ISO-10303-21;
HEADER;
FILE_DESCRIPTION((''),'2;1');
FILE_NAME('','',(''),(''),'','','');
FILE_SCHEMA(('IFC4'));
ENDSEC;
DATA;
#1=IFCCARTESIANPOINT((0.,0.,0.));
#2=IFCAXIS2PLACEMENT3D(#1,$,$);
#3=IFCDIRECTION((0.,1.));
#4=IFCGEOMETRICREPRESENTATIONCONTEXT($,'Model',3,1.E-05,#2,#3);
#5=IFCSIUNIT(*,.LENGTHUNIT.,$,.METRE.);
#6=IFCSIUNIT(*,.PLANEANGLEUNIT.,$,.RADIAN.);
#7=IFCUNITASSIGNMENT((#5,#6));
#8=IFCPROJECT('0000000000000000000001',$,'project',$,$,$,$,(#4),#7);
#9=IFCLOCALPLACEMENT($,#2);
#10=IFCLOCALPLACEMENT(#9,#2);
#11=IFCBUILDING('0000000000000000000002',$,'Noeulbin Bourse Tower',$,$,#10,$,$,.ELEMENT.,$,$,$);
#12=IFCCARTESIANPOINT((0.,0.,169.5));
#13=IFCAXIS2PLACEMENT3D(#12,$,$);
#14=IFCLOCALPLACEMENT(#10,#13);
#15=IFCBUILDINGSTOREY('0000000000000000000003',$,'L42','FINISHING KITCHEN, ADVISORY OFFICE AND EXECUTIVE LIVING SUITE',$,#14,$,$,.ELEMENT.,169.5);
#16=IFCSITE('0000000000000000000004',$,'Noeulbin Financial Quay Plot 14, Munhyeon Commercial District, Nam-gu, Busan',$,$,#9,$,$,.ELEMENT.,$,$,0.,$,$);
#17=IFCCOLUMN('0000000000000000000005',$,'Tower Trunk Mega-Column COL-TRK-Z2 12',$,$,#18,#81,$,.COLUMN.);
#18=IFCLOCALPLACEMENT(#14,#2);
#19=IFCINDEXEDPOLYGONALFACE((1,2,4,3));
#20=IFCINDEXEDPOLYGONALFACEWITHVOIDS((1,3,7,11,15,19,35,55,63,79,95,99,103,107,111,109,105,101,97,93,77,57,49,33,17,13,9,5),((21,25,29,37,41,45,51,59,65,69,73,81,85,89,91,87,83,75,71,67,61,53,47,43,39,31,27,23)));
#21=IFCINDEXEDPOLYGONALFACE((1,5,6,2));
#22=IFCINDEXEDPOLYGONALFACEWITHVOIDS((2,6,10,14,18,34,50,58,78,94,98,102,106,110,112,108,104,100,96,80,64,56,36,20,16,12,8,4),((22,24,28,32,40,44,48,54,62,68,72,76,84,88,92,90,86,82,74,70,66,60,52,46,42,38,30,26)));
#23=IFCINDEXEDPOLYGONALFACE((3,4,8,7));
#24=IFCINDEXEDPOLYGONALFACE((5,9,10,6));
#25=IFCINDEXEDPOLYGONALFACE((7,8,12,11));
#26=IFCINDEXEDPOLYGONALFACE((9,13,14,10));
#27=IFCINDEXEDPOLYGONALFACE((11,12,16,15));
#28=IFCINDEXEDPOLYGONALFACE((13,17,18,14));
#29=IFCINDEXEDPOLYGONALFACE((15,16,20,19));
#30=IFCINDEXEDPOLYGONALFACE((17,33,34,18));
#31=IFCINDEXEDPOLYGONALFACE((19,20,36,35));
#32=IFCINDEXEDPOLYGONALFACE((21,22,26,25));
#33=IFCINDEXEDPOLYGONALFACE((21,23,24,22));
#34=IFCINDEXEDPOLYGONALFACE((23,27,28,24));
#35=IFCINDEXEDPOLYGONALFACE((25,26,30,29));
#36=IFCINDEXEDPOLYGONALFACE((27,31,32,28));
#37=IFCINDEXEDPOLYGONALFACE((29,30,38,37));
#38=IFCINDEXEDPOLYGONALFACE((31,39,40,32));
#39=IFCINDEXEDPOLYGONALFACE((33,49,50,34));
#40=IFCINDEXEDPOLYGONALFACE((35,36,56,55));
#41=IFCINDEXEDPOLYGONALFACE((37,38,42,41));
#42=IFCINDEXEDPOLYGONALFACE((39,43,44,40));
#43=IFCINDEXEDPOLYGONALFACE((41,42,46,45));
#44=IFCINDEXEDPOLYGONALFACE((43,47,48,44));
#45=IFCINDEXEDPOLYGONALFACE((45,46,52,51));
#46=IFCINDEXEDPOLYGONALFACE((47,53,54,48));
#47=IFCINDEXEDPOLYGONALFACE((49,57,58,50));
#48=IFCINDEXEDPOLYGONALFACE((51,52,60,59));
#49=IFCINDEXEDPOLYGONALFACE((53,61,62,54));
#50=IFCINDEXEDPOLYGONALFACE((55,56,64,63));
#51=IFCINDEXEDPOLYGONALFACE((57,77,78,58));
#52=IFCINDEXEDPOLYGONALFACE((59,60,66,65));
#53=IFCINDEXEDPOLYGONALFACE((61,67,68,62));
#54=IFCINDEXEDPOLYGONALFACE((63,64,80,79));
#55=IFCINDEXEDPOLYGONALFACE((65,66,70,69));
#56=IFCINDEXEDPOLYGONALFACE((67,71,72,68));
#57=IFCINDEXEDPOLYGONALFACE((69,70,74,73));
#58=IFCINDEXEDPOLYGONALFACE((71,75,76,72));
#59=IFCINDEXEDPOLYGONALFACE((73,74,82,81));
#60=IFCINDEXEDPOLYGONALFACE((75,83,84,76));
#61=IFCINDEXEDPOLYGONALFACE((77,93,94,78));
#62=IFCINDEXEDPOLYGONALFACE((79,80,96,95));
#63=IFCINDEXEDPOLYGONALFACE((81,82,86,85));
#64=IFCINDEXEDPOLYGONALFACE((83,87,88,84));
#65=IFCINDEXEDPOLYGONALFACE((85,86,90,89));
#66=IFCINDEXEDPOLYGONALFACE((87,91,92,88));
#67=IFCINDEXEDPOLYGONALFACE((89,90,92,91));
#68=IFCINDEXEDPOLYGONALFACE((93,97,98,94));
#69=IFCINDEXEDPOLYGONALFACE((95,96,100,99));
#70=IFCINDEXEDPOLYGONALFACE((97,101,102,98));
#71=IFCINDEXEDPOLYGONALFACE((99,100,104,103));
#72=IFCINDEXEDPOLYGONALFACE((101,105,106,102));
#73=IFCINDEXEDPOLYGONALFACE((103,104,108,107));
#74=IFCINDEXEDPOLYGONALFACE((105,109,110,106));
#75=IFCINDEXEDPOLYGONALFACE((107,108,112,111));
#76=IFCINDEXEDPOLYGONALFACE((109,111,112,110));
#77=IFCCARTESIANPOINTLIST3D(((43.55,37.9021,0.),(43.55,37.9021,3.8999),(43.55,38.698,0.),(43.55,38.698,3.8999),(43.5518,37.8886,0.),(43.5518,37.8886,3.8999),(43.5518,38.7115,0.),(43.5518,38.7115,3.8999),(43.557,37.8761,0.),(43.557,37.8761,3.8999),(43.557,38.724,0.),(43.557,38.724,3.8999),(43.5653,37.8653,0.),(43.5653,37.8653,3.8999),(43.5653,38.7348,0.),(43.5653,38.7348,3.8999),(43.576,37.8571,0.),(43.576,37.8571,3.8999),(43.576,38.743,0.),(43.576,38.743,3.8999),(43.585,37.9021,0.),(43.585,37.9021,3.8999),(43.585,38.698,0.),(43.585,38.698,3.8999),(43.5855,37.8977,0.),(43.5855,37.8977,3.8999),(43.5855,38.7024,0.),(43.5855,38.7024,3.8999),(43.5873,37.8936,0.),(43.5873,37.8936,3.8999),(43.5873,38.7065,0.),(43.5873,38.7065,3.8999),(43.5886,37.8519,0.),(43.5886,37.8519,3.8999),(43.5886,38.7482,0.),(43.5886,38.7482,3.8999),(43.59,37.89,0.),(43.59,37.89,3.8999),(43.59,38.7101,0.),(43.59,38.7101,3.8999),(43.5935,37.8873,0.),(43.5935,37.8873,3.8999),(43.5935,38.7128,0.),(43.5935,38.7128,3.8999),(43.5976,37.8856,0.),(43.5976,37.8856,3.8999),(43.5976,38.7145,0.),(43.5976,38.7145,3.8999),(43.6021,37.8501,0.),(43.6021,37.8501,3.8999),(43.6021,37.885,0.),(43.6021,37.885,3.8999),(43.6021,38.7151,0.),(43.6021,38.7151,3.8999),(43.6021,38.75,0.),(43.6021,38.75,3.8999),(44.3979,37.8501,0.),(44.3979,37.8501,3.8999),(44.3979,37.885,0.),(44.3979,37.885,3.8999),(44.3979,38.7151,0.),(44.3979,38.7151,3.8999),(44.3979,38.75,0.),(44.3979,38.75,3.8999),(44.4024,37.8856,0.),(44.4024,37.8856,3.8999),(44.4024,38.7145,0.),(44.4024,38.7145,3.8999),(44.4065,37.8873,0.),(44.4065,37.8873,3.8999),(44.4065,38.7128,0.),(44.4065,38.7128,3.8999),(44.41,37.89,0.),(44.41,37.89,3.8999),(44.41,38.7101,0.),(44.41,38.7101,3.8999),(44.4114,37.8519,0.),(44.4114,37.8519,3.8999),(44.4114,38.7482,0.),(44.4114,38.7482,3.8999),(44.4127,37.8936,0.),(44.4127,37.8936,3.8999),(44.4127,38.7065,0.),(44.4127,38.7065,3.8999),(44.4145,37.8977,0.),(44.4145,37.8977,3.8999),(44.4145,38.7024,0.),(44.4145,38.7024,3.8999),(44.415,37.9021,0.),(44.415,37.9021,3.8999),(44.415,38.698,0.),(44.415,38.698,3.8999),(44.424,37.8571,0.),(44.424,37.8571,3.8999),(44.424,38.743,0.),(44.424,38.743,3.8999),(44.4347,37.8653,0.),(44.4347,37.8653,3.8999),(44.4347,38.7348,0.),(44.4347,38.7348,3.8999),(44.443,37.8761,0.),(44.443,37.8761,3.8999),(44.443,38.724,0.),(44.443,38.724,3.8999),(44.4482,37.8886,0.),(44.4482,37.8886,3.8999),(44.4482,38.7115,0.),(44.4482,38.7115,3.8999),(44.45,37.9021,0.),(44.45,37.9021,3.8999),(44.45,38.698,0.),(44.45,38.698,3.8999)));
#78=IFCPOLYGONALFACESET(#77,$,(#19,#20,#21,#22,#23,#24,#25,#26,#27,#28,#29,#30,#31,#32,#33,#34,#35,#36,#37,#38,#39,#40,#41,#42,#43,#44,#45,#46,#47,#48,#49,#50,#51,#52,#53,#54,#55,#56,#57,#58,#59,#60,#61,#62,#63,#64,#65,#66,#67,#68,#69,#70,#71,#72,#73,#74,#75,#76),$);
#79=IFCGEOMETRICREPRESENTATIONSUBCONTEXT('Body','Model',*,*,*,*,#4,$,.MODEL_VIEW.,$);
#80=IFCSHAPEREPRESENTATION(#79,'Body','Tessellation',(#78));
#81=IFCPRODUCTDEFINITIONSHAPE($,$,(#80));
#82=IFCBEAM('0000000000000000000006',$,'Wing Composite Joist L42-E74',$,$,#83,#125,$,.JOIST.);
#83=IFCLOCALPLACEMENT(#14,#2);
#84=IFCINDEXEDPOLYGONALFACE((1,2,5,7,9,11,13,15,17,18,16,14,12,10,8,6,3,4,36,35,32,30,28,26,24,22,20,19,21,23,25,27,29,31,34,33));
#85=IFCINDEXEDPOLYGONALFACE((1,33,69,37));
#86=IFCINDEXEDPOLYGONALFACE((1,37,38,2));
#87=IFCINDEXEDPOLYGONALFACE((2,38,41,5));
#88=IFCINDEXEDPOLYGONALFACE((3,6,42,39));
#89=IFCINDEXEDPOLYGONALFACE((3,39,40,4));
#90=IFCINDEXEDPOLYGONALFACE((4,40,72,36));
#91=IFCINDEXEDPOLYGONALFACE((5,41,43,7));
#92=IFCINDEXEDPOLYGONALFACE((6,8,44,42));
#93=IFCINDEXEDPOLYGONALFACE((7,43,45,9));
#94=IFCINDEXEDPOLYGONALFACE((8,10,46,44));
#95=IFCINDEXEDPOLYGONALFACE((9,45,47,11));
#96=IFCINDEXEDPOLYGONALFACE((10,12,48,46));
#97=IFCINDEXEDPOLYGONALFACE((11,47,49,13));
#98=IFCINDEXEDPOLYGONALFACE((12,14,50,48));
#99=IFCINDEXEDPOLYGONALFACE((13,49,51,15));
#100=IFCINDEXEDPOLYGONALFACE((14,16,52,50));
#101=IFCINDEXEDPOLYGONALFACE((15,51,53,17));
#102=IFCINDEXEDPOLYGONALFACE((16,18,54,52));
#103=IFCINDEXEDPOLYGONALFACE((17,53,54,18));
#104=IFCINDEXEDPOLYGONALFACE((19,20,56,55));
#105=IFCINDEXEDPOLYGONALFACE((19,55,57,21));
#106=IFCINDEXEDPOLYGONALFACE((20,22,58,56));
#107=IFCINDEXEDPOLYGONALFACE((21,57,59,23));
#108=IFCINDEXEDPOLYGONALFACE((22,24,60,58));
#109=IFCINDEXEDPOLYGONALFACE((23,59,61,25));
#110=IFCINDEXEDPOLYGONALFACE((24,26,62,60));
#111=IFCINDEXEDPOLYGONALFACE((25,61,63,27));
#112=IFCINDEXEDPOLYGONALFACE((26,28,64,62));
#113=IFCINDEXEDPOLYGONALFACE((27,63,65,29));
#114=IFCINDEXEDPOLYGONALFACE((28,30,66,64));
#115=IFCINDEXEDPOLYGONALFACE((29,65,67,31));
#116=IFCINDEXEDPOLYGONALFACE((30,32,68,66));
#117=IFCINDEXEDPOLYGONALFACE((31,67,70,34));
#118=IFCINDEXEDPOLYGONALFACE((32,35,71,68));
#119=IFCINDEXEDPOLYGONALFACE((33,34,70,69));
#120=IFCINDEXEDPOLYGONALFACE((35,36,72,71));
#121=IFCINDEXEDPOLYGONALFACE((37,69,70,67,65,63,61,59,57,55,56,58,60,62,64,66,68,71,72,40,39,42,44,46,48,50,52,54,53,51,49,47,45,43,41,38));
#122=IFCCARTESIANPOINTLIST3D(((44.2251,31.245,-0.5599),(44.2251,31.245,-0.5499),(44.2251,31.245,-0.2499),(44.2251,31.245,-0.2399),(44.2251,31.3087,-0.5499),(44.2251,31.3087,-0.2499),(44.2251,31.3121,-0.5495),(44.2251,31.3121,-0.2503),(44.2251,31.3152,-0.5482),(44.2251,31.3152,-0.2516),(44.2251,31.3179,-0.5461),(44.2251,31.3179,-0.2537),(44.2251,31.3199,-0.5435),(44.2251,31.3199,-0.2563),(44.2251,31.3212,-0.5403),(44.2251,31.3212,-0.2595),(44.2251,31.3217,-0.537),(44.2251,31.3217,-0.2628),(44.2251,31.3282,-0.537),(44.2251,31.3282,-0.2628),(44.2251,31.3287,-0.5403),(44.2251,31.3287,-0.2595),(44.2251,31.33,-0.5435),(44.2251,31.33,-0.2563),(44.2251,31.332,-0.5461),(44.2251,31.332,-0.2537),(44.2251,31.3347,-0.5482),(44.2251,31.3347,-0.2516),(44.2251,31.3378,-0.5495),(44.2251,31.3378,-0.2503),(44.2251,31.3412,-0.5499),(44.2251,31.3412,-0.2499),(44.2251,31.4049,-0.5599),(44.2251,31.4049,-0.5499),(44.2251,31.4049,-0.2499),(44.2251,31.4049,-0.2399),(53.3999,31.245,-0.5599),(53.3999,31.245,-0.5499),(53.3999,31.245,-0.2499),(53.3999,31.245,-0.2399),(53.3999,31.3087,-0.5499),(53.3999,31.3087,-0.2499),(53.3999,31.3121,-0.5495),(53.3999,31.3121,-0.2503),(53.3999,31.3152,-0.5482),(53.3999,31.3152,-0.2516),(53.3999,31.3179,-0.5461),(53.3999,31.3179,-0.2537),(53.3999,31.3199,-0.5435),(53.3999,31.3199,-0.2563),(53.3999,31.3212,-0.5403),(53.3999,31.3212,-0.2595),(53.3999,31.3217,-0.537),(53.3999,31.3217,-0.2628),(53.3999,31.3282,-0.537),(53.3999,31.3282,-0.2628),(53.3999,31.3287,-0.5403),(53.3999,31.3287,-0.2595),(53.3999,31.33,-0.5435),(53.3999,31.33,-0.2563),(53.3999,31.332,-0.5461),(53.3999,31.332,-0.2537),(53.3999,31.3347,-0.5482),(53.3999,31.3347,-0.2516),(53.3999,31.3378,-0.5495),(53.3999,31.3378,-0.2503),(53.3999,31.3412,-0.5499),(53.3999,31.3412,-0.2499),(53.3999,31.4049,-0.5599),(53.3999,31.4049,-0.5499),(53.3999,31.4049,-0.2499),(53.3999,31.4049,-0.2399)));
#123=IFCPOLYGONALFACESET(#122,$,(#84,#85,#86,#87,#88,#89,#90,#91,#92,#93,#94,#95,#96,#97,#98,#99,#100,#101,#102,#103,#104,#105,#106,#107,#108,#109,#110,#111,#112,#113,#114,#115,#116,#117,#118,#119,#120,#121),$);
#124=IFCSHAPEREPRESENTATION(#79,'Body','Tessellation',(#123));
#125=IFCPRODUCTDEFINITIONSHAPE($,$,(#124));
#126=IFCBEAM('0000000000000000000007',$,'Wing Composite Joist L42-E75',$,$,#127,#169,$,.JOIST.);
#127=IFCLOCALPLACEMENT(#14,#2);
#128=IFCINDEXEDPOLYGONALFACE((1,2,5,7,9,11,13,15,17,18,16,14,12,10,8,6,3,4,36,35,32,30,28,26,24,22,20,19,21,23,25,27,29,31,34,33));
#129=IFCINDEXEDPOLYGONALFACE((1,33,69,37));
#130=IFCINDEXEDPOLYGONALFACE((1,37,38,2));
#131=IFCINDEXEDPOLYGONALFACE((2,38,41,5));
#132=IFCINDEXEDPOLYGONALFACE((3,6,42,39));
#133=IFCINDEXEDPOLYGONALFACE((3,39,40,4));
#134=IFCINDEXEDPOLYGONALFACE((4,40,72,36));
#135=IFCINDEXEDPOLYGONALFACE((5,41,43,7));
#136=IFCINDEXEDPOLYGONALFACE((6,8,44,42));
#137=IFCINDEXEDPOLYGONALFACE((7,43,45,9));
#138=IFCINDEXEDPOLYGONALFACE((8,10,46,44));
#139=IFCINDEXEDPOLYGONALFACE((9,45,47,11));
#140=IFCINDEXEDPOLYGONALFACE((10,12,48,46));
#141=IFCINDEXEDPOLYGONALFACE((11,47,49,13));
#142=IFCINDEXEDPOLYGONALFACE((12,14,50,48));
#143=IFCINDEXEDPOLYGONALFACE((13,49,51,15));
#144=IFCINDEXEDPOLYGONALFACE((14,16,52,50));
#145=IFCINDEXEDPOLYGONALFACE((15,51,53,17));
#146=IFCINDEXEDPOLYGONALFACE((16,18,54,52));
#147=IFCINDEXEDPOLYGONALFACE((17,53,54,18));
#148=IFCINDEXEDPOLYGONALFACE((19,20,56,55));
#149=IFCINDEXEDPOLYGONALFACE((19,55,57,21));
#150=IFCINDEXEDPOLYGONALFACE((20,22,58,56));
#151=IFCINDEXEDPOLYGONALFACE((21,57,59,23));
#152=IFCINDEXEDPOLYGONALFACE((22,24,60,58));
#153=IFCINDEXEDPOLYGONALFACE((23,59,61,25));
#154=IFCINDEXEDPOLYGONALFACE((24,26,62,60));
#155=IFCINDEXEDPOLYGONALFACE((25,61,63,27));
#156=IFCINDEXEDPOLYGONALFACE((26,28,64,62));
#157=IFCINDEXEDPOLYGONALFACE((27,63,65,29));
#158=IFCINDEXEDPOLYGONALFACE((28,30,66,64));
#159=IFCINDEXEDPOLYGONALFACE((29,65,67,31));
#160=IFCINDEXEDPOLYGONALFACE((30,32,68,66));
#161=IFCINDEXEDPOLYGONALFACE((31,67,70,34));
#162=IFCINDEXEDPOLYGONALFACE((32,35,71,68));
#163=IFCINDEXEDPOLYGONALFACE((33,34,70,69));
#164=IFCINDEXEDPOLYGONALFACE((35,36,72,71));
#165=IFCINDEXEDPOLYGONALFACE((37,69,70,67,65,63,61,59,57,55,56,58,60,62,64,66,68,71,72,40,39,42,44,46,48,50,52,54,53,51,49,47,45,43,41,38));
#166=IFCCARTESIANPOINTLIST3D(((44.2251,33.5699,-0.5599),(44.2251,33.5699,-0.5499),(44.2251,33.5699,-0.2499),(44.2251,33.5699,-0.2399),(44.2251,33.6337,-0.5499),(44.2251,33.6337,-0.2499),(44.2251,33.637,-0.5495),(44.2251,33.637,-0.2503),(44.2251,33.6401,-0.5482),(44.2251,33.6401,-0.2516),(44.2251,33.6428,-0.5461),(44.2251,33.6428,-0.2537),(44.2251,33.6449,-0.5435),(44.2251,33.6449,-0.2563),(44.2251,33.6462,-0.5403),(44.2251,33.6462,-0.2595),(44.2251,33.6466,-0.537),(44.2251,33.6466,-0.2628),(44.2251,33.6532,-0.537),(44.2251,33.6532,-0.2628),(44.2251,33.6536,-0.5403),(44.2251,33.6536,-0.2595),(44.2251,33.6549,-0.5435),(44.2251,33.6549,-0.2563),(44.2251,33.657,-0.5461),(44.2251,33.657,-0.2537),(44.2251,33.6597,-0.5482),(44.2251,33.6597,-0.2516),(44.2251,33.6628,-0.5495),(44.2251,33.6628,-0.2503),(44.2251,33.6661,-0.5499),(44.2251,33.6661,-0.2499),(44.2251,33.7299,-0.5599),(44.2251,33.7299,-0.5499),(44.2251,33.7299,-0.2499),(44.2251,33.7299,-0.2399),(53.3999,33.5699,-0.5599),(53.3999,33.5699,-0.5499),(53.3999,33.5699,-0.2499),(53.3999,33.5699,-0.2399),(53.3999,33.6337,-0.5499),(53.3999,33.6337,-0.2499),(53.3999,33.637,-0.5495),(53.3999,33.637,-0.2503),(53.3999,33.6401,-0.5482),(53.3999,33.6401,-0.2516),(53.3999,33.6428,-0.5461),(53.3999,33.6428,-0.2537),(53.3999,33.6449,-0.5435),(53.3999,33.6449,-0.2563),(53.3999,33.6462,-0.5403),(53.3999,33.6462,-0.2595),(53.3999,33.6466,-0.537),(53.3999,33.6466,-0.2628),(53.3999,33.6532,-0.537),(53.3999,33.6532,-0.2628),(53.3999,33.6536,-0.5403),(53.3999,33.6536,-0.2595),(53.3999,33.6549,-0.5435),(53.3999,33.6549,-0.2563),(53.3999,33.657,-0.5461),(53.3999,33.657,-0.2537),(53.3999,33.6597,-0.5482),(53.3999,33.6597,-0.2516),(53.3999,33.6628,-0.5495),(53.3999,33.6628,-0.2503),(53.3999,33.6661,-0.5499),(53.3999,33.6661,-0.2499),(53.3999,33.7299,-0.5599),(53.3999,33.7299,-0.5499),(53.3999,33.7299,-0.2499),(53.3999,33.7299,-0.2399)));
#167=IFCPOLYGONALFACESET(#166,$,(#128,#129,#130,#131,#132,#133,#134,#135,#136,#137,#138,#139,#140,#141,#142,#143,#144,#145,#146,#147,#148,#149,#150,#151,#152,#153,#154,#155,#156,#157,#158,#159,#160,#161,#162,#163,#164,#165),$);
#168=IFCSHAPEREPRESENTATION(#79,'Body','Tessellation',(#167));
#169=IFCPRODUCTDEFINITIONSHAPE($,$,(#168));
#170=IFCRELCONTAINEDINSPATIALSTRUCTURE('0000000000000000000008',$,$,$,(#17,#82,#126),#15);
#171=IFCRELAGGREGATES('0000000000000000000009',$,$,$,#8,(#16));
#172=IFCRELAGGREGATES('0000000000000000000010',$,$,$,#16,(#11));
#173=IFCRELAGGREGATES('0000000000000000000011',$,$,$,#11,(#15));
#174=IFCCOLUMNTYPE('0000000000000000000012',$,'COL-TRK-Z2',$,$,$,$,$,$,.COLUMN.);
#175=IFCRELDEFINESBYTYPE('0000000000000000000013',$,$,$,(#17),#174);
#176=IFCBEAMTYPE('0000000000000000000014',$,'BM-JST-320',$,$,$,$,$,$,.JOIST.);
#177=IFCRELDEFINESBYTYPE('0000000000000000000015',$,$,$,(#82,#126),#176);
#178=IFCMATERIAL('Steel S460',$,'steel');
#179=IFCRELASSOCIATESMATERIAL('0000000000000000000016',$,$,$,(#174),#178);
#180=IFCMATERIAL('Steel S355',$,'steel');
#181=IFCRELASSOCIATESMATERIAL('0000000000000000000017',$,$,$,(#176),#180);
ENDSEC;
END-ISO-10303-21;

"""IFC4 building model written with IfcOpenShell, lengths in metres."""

from ifc_helpers import new_model, si_unit, direction, frame, origin, origin_2d, place, context, subcontext, project, spatial, hollow_rectangle, i_section, extrude, material, material_profile, profile_set, type_object, element, save


model = new_model("IFC4")

# Units and contexts
model_context = context("Model", 3, precision=1e-05, world=origin(), true_north=direction((0.0, 1.0)))
body_context = subcontext(model_context, "Body", "Model", "MODEL_VIEW")
ifc_project = project(units=[si_unit("LENGTHUNIT", "METRE"), si_unit("PLANEANGLEUNIT", "RADIAN")], contexts=[model_context])

# Site, building, storey
site_placement = place(None, origin())
site = spatial("IfcSite", under=ifc_project, at=site_placement, Name="Noeulbin Financial Quay Plot 14, Munhyeon Commercial District, Nam-gu, Busan", CompositionType="ELEMENT", RefElevation=0.0)
building_placement = place(site_placement, origin())
building = spatial("IfcBuilding", under=site, at=building_placement, Name="Noeulbin Bourse Tower", CompositionType="ELEMENT")
storey_placement = place(building_placement, frame((0.0, 0.0, 169.5)))
storey = spatial("IfcBuildingStorey", under=building, at=storey_placement, Name="L42", Description="FINISHING KITCHEN, ADVISORY OFFICE AND EXECUTIVE LIVING SUITE", CompositionType="ELEMENT", Elevation=169.5)

# Column
ifc_material_1 = material(Name="Steel S460", Category="steel")
ifc_material_profile_1 = material_profile(ifc_material_1, hollow_rectangle(XDim=0.8999, YDim=0.8999, WallThickness=0.0349, InnerFilletRadius=0.0171, OuterFilletRadius=0.052, at=origin_2d()), Name="BOX-900x900x35", Category="LoadBearing")
ifc_profile_set_1 = profile_set([ifc_material_profile_1], Name="Steel S460")
column_type = type_object("IfcColumnType", Name="COL-TRK-Z2", PredefinedType="COLUMN", material=ifc_profile_set_1)
column_placement = place(storey_placement, frame((44.0, 38.3, 0.0), z_axis=(0.0, 0.0, 1.0), x_axis=(1.0, 0.0, 0.0)))
element("IfcColumn", 1, at=column_placement, inside=storey, type_object=column_type, Name="Tower Trunk Mega-Column COL-TRK-Z2 12", PredefinedType="COLUMN", context=body_context, shape_type="SweptSolid", body=[
    extrude(hollow_rectangle(XDim=0.8999, YDim=0.8999, WallThickness=0.0349, InnerFilletRadius=0.0171, OuterFilletRadius=0.052, at=origin_2d()), origin(), (0.0, 0.0, 1.0), 3.8999),
])

# Beams
ifc_material_2 = material(Name="Steel S355", Category="steel")
ifc_material_profile_2 = material_profile(ifc_material_2, i_section(OverallWidth=0.1599, OverallDepth=0.3201, WebThickness=0.0066, FlangeThickness=0.01, FilletRadius=0.0129, at=origin_2d()), Name="H-320x160x6.5x10", Category="LoadBearing")
ifc_profile_set_2 = profile_set([ifc_material_profile_2], Name="Steel S355")
beam_type = type_object("IfcBeamType", Name="BM-JST-320", PredefinedType="JOIST", material=ifc_profile_set_2)
for number, where, z_axis, x_axis, name in (
    (2, (44.2251, 31.325, -0.3999), (1.0, 0.0, 0.0), (0.0, 1.0, 0.0), "Wing Composite Joist L42-E74"),
    (3, (44.2251, 33.6499, -0.3999), (1.0, 0.0, 0.0), (0.0, 1.0, 0.0), "Wing Composite Joist L42-E75"),
):
    element("IfcBeam", number, at=place(storey_placement, frame(where, z_axis=z_axis, x_axis=x_axis)), inside=storey, type_object=beam_type, Name=name, PredefinedType="JOIST", context=body_context, shape_type="SweptSolid", body=[
        extrude(i_section(OverallWidth=0.1599, OverallDepth=0.3201, WebThickness=0.0066, FlangeThickness=0.01, FilletRadius=0.0129, at=origin_2d()), origin(), (0.0, 0.0, 1.0), 9.1748),
    ])

save(model, "model.ifc")
